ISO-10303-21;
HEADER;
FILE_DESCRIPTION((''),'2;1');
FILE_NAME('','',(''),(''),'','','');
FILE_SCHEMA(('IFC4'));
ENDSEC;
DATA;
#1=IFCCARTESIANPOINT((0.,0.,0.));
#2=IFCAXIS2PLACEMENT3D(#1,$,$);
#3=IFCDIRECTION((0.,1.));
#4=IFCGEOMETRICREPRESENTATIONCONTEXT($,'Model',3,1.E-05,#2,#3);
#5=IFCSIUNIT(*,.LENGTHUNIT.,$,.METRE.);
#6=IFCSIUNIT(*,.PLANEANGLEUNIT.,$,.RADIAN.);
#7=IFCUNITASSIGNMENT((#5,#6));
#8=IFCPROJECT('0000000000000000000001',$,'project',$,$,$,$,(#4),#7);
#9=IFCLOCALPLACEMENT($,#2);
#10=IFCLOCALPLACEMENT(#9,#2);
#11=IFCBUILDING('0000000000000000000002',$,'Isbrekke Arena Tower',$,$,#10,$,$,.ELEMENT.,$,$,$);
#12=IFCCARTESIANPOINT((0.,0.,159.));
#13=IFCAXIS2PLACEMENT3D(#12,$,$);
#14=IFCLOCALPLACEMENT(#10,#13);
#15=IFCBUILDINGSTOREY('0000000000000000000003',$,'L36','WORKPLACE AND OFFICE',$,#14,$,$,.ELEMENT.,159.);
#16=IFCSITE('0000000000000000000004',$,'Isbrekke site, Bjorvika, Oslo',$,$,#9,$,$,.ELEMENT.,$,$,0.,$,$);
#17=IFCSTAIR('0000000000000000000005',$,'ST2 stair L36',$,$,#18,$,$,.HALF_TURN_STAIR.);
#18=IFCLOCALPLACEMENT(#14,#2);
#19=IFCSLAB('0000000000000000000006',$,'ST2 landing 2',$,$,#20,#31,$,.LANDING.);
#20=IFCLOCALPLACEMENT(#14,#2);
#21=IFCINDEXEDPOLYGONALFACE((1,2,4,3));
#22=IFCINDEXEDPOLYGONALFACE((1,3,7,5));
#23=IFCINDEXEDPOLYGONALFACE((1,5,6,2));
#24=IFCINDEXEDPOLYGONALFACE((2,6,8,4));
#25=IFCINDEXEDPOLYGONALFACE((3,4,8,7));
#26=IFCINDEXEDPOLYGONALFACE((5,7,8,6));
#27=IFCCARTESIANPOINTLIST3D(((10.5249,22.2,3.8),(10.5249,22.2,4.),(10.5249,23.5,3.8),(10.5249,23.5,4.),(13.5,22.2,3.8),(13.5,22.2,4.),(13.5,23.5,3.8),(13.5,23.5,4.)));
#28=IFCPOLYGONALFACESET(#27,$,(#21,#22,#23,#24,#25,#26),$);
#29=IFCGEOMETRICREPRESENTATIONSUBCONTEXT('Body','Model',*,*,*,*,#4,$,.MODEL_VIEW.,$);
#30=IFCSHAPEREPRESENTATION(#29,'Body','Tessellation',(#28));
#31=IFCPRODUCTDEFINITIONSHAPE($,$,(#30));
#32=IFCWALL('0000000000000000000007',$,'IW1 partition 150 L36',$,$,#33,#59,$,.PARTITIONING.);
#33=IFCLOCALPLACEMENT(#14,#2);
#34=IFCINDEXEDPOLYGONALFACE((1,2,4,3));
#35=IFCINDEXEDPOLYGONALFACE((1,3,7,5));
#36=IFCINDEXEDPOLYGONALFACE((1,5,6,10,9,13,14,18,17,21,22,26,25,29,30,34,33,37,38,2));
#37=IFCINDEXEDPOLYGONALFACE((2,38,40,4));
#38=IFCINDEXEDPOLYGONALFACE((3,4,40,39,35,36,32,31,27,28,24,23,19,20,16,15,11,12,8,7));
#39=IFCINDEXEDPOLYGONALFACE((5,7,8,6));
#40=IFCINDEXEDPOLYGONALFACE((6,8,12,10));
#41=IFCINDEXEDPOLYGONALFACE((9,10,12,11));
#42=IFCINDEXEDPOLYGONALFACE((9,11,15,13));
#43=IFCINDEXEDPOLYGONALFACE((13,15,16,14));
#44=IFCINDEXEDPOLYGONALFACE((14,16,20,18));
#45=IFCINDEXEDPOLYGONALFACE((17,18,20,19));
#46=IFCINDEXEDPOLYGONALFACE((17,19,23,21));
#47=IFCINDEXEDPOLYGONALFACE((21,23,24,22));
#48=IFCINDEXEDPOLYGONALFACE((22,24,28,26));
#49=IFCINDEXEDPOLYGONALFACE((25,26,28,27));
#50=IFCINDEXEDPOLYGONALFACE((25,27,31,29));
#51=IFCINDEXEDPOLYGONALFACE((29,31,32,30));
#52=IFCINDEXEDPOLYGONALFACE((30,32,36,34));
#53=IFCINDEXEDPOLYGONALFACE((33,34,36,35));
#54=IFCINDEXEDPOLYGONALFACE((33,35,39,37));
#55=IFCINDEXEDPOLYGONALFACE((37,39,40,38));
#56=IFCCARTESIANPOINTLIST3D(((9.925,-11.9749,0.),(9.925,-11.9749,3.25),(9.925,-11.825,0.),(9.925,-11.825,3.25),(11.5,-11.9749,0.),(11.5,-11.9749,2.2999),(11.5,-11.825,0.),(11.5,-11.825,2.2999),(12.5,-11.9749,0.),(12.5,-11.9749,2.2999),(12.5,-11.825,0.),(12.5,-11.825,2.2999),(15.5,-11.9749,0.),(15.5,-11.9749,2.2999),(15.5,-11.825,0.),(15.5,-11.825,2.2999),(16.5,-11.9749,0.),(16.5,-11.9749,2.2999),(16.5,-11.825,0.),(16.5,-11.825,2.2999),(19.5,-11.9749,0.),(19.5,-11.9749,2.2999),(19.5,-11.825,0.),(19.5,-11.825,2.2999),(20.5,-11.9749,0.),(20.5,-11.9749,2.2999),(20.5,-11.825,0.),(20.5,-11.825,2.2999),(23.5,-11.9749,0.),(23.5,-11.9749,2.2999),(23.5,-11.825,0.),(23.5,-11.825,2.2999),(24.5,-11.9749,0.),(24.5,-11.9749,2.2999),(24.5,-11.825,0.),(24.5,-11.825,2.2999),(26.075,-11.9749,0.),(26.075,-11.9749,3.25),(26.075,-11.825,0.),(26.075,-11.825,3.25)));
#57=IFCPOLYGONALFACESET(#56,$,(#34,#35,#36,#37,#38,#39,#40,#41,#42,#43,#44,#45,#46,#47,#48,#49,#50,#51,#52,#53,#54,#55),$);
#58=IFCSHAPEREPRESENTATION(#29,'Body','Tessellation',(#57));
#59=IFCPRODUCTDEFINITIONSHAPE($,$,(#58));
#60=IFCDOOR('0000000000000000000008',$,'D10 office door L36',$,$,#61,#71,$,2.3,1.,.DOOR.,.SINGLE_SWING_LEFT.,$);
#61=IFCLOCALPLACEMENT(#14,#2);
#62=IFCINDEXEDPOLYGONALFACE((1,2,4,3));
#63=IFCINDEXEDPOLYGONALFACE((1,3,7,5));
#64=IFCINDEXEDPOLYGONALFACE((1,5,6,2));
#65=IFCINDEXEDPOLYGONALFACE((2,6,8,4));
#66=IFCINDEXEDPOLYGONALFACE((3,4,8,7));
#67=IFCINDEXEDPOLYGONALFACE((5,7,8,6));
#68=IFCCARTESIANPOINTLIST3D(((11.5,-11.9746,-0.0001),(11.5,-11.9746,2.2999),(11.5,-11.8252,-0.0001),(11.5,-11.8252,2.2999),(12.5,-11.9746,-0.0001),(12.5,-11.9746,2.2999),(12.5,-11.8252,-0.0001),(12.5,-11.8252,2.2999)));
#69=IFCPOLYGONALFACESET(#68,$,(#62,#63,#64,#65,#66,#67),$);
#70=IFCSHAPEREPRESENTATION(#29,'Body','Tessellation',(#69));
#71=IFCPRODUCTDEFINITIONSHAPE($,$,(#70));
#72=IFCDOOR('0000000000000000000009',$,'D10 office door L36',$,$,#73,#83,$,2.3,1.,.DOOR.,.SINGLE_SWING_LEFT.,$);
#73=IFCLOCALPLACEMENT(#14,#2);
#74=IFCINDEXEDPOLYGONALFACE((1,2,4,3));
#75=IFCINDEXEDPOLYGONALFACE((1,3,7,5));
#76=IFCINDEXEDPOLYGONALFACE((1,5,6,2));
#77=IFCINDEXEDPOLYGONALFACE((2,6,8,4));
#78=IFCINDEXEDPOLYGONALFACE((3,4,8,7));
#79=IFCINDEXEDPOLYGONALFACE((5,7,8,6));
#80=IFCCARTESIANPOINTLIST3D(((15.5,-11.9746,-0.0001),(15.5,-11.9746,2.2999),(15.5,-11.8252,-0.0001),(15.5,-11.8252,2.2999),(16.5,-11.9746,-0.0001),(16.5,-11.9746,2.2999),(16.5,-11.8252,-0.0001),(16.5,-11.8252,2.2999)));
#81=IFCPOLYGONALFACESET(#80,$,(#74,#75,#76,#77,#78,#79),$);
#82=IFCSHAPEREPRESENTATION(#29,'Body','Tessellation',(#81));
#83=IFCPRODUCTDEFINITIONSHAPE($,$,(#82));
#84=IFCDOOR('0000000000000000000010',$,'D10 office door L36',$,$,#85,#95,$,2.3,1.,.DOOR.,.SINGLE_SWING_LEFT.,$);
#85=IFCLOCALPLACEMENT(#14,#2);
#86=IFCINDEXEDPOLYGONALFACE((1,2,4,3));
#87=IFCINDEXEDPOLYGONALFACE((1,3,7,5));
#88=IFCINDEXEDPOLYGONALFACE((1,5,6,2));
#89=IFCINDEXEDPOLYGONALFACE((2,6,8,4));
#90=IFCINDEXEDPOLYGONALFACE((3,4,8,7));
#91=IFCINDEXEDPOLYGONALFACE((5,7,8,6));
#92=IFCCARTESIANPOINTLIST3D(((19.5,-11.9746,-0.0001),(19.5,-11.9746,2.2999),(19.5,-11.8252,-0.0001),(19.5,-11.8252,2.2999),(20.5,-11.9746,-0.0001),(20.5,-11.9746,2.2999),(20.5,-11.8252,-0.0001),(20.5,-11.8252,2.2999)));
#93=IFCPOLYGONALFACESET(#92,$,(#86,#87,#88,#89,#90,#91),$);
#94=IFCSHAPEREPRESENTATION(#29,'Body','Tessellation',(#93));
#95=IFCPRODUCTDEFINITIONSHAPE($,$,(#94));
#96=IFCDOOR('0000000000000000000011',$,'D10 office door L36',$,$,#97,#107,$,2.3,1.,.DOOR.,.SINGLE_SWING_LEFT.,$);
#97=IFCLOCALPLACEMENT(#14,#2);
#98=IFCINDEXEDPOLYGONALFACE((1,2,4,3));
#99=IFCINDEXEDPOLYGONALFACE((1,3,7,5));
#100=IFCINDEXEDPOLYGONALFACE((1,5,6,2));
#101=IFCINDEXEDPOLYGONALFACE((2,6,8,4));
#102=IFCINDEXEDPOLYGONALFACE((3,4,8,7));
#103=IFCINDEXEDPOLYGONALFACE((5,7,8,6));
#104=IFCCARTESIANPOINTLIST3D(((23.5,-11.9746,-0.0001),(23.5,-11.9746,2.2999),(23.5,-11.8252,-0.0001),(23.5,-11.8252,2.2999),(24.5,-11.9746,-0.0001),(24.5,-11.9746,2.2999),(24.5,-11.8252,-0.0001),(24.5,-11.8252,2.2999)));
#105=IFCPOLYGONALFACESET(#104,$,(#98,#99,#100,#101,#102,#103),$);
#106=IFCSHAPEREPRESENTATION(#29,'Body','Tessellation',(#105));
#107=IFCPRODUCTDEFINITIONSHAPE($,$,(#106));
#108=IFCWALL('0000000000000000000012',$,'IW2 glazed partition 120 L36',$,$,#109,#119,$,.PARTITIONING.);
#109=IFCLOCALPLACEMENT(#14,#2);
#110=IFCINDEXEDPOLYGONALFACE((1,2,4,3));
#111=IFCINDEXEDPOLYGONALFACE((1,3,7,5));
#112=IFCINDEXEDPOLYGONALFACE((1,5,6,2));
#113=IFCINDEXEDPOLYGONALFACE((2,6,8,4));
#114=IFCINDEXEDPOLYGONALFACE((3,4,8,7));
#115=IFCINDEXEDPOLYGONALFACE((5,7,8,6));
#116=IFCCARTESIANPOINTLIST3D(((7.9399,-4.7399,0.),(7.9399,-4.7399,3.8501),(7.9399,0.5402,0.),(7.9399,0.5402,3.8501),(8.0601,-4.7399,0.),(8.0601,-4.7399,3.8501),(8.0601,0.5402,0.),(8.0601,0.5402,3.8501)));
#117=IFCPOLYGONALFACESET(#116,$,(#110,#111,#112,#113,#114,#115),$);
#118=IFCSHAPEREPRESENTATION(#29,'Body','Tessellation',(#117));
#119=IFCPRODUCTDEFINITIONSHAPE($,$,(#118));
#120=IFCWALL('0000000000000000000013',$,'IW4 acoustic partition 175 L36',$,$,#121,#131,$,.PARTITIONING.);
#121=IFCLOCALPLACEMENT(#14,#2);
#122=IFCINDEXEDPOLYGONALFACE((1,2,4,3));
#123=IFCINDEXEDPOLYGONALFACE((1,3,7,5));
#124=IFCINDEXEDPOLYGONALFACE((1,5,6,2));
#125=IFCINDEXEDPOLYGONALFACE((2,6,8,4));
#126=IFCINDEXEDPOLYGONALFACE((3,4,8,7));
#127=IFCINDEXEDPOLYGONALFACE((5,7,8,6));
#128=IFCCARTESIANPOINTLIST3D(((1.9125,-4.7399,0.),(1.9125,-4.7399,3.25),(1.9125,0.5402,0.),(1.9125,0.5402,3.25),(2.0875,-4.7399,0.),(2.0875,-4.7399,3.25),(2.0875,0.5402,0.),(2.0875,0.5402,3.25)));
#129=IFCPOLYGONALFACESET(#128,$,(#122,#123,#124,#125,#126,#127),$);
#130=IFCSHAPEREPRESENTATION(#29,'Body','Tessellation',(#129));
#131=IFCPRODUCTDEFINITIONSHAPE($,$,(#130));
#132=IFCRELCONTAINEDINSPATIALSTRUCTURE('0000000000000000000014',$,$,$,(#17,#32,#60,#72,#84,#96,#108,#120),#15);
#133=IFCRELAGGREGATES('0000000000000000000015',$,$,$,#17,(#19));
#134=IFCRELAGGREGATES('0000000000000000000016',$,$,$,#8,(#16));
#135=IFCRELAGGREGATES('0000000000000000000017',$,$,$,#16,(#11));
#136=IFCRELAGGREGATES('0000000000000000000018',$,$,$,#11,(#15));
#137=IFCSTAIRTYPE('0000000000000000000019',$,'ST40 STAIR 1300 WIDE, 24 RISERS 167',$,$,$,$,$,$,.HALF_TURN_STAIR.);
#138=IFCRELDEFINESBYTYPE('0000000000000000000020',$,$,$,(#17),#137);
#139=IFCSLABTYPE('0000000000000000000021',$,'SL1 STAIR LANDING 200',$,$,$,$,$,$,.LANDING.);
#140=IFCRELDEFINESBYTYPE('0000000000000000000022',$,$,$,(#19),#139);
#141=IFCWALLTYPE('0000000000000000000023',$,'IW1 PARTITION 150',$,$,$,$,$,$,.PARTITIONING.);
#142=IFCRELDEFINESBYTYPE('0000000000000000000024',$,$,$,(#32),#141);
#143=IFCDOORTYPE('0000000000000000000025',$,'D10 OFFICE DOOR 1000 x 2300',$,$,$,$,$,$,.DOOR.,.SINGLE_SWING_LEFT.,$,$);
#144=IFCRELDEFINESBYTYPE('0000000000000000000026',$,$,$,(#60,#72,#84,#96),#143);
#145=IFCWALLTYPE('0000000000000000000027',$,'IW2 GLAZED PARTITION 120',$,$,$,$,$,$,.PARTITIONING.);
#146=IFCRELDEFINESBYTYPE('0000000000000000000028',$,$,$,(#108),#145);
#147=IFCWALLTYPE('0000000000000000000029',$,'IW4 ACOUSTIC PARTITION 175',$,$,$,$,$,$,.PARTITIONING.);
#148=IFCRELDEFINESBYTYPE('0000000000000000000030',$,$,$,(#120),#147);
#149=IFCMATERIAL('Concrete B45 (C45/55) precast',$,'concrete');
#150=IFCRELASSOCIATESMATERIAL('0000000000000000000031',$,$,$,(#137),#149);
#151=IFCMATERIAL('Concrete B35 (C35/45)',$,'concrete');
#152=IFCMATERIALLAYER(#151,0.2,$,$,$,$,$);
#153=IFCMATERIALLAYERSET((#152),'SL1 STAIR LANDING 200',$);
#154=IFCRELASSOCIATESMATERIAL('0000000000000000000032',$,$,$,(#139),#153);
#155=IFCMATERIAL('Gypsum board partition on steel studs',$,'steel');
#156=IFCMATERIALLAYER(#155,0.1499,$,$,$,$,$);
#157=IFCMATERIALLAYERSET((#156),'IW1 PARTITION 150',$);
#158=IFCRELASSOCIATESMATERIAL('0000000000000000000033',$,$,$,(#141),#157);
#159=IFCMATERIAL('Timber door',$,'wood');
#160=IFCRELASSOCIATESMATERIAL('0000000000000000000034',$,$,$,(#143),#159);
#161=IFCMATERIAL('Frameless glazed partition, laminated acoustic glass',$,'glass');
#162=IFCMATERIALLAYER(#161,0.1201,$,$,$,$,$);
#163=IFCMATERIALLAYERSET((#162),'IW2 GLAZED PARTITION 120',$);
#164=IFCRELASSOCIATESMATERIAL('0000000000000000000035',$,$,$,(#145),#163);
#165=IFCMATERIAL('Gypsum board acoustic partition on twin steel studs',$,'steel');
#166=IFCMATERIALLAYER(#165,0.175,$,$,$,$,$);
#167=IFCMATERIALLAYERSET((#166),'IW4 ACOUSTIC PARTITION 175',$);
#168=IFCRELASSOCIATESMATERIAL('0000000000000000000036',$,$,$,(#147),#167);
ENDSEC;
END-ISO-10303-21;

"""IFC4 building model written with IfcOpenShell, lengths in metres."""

from ifc_helpers import new_model, si_unit, direction, frame, frame_2d, origin, place, context, subcontext, project, spatial, polyline, rectangle, outline, extrude, material, layer, layer_set, type_object, element, fill, aggregate, save


model = new_model("IFC4")

# Units and contexts
model_context = context("Model", 3, precision=1e-05, world=origin(), true_north=direction((0.0, 1.0)))
body_context = subcontext(model_context, "Body", "Model", "MODEL_VIEW")
ifc_project = project(units=[si_unit("LENGTHUNIT", "METRE"), si_unit("PLANEANGLEUNIT", "RADIAN")], contexts=[model_context])

# Site, building, storey
site_placement = place(None, origin())
site = spatial("IfcSite", under=ifc_project, at=site_placement, Name="Isbrekke site, Bjorvika, Oslo", CompositionType="ELEMENT", RefElevation=0.0)
building_placement = place(site_placement, origin())
building = spatial("IfcBuilding", under=site, at=building_placement, Name="Isbrekke Arena Tower", CompositionType="ELEMENT")
storey_placement = place(building_placement, frame((0.0, 0.0, 159.0)))
storey = spatial("IfcBuildingStorey", under=building, at=storey_placement, Name="L36", Description="WORKPLACE AND OFFICE", CompositionType="ELEMENT", Elevation=159.0)

# Stair, slab
ifc_material_1 = material(Name="Concrete B45 (C45/55) precast", Category="concrete")
stair_type = type_object("IfcStairType", Name="ST40 STAIR 1300 WIDE, 24 RISERS 167", PredefinedType="HALF_TURN_STAIR", material=ifc_material_1)
ifc_material_2 = material(Name="Concrete B35 (C35/45)", Category="concrete")
ifc_layer_1 = layer(ifc_material_2, 0.2)
ifc_layer_set_1 = layer_set([ifc_layer_1], Name="SL1 STAIR LANDING 200")
slab_type = type_object("IfcSlabType", Name="SL1 STAIR LANDING 200", PredefinedType="LANDING", material=ifc_layer_set_1)
stair_1_placement = place(storey_placement, origin())
stair_1 = element("IfcStair", 1, at=stair_1_placement, inside=storey, type_object=stair_type, Name="ST2 stair L36", PredefinedType="HALF_TURN_STAIR")
slab_1_placement = place(storey_placement, frame((0.0, 0.0, 3.8)))
slab_1 = element("IfcSlab", 2, at=slab_1_placement, type_object=slab_type, Name="ST2 landing 2", PredefinedType="LANDING", context=body_context, shape_type="SweptSolid", body=[
    extrude(outline(polyline([(10.5249, 22.2), (13.5, 22.2), (13.5, 23.5), (10.5249, 23.5), (10.5249, 22.2)])), origin(), (0.0, 0.0, 1.0), 0.2),
])
aggregate(stair_1, [slab_1])

# Wall, openings, doors
ifc_material_3 = material(Name="Gypsum board partition on steel studs", Category="steel")
ifc_layer_2 = layer(ifc_material_3, 0.1499)
ifc_layer_set_2 = layer_set([ifc_layer_2], Name="IW1 PARTITION 150")
wall_type_1 = type_object("IfcWallType", Name="IW1 PARTITION 150", PredefinedType="PARTITIONING", material=ifc_layer_set_2)
wall_1_placement = place(storey_placement, frame((9.925, -11.8999, 0.0), z_axis=(0.0, 0.0, 1.0), x_axis=(1.0, 0.0, 0.0)))
wall_1 = element("IfcWall", 3, at=wall_1_placement, inside=storey, type_object=wall_type_1, Name="IW1 partition 150 L36", PredefinedType="PARTITIONING", context=body_context, shape_type="SweptSolid", body=[
    extrude(rectangle(XDim=16.1499, YDim=0.1499, at=frame_2d((8.075, 0.0))), origin(), (0.0, 0.0, 1.0), 3.25),
])
opening_1_placement = place(wall_1_placement, frame((1.575, 0.0, 0.0)))
opening_1 = element("IfcOpeningElement", 4, at=opening_1_placement, cuts=wall_1, PredefinedType="OPENING", context=body_context, shape_type="SweptSolid", body=[
    extrude(rectangle(XDim=1.0, YDim=2.3, at=frame_2d((0.5, 1.1499))), frame((0.0, 0.0898, 0.0), z_axis=(0.0, -1.0, 0.0), x_axis=(1.0, 0.0, 0.0)), (0.0, 0.0, 1.0), 0.1797),
])
opening_2_placement = place(wall_1_placement, frame((5.575, 0.0, 0.0)))
opening_2 = element("IfcOpeningElement", 5, at=opening_2_placement, cuts=wall_1, PredefinedType="OPENING", context=body_context, shape_type="SweptSolid", body=[
    extrude(rectangle(XDim=1.0, YDim=2.3, at=frame_2d((0.5, 1.1499))), frame((0.0, 0.0898, 0.0), z_axis=(0.0, -1.0, 0.0), x_axis=(1.0, 0.0, 0.0)), (0.0, 0.0, 1.0), 0.1797),
])
opening_3_placement = place(wall_1_placement, frame((9.575, 0.0, 0.0)))
opening_3 = element("IfcOpeningElement", 6, at=opening_3_placement, cuts=wall_1, PredefinedType="OPENING", context=body_context, shape_type="SweptSolid", body=[
    extrude(rectangle(XDim=1.0, YDim=2.3, at=frame_2d((0.5, 1.1499))), frame((0.0, 0.0898, 0.0), z_axis=(0.0, -1.0, 0.0), x_axis=(1.0, 0.0, 0.0)), (0.0, 0.0, 1.0), 0.1797),
])
opening_4_placement = place(wall_1_placement, frame((13.575, 0.0, 0.0)))
opening_4 = element("IfcOpeningElement", 7, at=opening_4_placement, cuts=wall_1, PredefinedType="OPENING", context=body_context, shape_type="SweptSolid", body=[
    extrude(rectangle(XDim=1.0, YDim=2.3, at=frame_2d((0.5, 1.1499))), frame((0.0, 0.0898, 0.0), z_axis=(0.0, -1.0, 0.0), x_axis=(1.0, 0.0, 0.0)), (0.0, 0.0, 1.0), 0.1797),
])
ifc_material_4 = material(Name="Timber door", Category="wood")
door_type = type_object("IfcDoorType", Name="D10 OFFICE DOOR 1000 x 2300", OperationType="SINGLE_SWING_LEFT", PredefinedType="DOOR", material=ifc_material_4)
door_1_placement = place(opening_1_placement, origin())
door_1 = element("IfcDoor", 8, at=door_1_placement, inside=storey, type_object=door_type, Name="D10 office door L36", OperationType="SINGLE_SWING_LEFT", OverallHeight=2.3, OverallWidth=1.0, PredefinedType="DOOR", context=body_context, shape_type="SweptSolid", body=[
    extrude(rectangle(XDim=1.0, YDim=2.3, at=frame_2d((0.5, 1.1499))), frame((0.0, 0.0747, 0.0), z_axis=(0.0, -1.0, 0.0), x_axis=(1.0, 0.0, 0.0)), (0.0, 0.0, 1.0), 0.1494),
])
fill(opening_1, door_1)
door_2_placement = place(opening_2_placement, origin())
door_2 = element("IfcDoor", 9, at=door_2_placement, inside=storey, type_object=door_type, Name="D10 office door L36", OperationType="SINGLE_SWING_LEFT", OverallHeight=2.3, OverallWidth=1.0, PredefinedType="DOOR", context=body_context, shape_type="SweptSolid", body=[
    extrude(rectangle(XDim=1.0, YDim=2.3, at=frame_2d((0.5, 1.1499))), frame((0.0, 0.0747, 0.0), z_axis=(0.0, -1.0, 0.0), x_axis=(1.0, 0.0, 0.0)), (0.0, 0.0, 1.0), 0.1494),
])
fill(opening_2, door_2)
door_3_placement = place(opening_3_placement, origin())
door_3 = element("IfcDoor", 10, at=door_3_placement, inside=storey, type_object=door_type, Name="D10 office door L36", OperationType="SINGLE_SWING_LEFT", OverallHeight=2.3, OverallWidth=1.0, PredefinedType="DOOR", context=body_context, shape_type="SweptSolid", body=[
    extrude(rectangle(XDim=1.0, YDim=2.3, at=frame_2d((0.5, 1.1499))), frame((0.0, 0.0747, 0.0), z_axis=(0.0, -1.0, 0.0), x_axis=(1.0, 0.0, 0.0)), (0.0, 0.0, 1.0), 0.1494),
])
fill(opening_3, door_3)
door_4_placement = place(opening_4_placement, origin())
door_4 = element("IfcDoor", 11, at=door_4_placement, inside=storey, type_object=door_type, Name="D10 office door L36", OperationType="SINGLE_SWING_LEFT", OverallHeight=2.3, OverallWidth=1.0, PredefinedType="DOOR", context=body_context, shape_type="SweptSolid", body=[
    extrude(rectangle(XDim=1.0, YDim=2.3, at=frame_2d((0.5, 1.1499))), frame((0.0, 0.0747, 0.0), z_axis=(0.0, -1.0, 0.0), x_axis=(1.0, 0.0, 0.0)), (0.0, 0.0, 1.0), 0.1494),
])
fill(opening_4, door_4)

# Walls
ifc_material_5 = material(Name="Frameless glazed partition, laminated acoustic glass", Category="glass")
ifc_layer_3 = layer(ifc_material_5, 0.1201)
ifc_layer_set_3 = layer_set([ifc_layer_3], Name="IW2 GLAZED PARTITION 120")
wall_type_2 = type_object("IfcWallType", Name="IW2 GLAZED PARTITION 120", PredefinedType="PARTITIONING", material=ifc_layer_set_3)
wall_2_placement = place(storey_placement, frame((8.0, -4.74, 0.0), z_axis=(0.0, 0.0, 1.0), x_axis=(0.0, 1.0, 0.0)))
element("IfcWall", 12, at=wall_2_placement, inside=storey, type_object=wall_type_2, Name="IW2 glazed partition 120 L36", PredefinedType="PARTITIONING", context=body_context, shape_type="SweptSolid", body=[
    extrude(rectangle(XDim=5.28, YDim=0.1201, at=frame_2d((2.6401, 0.0))), origin(), (0.0, 0.0, 1.0), 3.8501),
])
ifc_material_6 = material(Name="Gypsum board acoustic partition on twin steel studs", Category="steel")
ifc_layer_4 = layer(ifc_material_6, 0.175)
ifc_layer_set_4 = layer_set([ifc_layer_4], Name="IW4 ACOUSTIC PARTITION 175")
wall_type_3 = type_object("IfcWallType", Name="IW4 ACOUSTIC PARTITION 175", PredefinedType="PARTITIONING", material=ifc_layer_set_4)
wall_3_placement = place(storey_placement, frame((2.0, -4.74, 0.0), z_axis=(0.0, 0.0, 1.0), x_axis=(0.0, 1.0, 0.0)))
element("IfcWall", 13, at=wall_3_placement, inside=storey, type_object=wall_type_3, Name="IW4 acoustic partition 175 L36", PredefinedType="PARTITIONING", context=body_context, shape_type="SweptSolid", body=[
    extrude(rectangle(XDim=5.28, YDim=0.175, at=frame_2d((2.6401, 0.0))), origin(), (0.0, 0.0, 1.0), 3.25),
])

save(model, "model.ifc")
